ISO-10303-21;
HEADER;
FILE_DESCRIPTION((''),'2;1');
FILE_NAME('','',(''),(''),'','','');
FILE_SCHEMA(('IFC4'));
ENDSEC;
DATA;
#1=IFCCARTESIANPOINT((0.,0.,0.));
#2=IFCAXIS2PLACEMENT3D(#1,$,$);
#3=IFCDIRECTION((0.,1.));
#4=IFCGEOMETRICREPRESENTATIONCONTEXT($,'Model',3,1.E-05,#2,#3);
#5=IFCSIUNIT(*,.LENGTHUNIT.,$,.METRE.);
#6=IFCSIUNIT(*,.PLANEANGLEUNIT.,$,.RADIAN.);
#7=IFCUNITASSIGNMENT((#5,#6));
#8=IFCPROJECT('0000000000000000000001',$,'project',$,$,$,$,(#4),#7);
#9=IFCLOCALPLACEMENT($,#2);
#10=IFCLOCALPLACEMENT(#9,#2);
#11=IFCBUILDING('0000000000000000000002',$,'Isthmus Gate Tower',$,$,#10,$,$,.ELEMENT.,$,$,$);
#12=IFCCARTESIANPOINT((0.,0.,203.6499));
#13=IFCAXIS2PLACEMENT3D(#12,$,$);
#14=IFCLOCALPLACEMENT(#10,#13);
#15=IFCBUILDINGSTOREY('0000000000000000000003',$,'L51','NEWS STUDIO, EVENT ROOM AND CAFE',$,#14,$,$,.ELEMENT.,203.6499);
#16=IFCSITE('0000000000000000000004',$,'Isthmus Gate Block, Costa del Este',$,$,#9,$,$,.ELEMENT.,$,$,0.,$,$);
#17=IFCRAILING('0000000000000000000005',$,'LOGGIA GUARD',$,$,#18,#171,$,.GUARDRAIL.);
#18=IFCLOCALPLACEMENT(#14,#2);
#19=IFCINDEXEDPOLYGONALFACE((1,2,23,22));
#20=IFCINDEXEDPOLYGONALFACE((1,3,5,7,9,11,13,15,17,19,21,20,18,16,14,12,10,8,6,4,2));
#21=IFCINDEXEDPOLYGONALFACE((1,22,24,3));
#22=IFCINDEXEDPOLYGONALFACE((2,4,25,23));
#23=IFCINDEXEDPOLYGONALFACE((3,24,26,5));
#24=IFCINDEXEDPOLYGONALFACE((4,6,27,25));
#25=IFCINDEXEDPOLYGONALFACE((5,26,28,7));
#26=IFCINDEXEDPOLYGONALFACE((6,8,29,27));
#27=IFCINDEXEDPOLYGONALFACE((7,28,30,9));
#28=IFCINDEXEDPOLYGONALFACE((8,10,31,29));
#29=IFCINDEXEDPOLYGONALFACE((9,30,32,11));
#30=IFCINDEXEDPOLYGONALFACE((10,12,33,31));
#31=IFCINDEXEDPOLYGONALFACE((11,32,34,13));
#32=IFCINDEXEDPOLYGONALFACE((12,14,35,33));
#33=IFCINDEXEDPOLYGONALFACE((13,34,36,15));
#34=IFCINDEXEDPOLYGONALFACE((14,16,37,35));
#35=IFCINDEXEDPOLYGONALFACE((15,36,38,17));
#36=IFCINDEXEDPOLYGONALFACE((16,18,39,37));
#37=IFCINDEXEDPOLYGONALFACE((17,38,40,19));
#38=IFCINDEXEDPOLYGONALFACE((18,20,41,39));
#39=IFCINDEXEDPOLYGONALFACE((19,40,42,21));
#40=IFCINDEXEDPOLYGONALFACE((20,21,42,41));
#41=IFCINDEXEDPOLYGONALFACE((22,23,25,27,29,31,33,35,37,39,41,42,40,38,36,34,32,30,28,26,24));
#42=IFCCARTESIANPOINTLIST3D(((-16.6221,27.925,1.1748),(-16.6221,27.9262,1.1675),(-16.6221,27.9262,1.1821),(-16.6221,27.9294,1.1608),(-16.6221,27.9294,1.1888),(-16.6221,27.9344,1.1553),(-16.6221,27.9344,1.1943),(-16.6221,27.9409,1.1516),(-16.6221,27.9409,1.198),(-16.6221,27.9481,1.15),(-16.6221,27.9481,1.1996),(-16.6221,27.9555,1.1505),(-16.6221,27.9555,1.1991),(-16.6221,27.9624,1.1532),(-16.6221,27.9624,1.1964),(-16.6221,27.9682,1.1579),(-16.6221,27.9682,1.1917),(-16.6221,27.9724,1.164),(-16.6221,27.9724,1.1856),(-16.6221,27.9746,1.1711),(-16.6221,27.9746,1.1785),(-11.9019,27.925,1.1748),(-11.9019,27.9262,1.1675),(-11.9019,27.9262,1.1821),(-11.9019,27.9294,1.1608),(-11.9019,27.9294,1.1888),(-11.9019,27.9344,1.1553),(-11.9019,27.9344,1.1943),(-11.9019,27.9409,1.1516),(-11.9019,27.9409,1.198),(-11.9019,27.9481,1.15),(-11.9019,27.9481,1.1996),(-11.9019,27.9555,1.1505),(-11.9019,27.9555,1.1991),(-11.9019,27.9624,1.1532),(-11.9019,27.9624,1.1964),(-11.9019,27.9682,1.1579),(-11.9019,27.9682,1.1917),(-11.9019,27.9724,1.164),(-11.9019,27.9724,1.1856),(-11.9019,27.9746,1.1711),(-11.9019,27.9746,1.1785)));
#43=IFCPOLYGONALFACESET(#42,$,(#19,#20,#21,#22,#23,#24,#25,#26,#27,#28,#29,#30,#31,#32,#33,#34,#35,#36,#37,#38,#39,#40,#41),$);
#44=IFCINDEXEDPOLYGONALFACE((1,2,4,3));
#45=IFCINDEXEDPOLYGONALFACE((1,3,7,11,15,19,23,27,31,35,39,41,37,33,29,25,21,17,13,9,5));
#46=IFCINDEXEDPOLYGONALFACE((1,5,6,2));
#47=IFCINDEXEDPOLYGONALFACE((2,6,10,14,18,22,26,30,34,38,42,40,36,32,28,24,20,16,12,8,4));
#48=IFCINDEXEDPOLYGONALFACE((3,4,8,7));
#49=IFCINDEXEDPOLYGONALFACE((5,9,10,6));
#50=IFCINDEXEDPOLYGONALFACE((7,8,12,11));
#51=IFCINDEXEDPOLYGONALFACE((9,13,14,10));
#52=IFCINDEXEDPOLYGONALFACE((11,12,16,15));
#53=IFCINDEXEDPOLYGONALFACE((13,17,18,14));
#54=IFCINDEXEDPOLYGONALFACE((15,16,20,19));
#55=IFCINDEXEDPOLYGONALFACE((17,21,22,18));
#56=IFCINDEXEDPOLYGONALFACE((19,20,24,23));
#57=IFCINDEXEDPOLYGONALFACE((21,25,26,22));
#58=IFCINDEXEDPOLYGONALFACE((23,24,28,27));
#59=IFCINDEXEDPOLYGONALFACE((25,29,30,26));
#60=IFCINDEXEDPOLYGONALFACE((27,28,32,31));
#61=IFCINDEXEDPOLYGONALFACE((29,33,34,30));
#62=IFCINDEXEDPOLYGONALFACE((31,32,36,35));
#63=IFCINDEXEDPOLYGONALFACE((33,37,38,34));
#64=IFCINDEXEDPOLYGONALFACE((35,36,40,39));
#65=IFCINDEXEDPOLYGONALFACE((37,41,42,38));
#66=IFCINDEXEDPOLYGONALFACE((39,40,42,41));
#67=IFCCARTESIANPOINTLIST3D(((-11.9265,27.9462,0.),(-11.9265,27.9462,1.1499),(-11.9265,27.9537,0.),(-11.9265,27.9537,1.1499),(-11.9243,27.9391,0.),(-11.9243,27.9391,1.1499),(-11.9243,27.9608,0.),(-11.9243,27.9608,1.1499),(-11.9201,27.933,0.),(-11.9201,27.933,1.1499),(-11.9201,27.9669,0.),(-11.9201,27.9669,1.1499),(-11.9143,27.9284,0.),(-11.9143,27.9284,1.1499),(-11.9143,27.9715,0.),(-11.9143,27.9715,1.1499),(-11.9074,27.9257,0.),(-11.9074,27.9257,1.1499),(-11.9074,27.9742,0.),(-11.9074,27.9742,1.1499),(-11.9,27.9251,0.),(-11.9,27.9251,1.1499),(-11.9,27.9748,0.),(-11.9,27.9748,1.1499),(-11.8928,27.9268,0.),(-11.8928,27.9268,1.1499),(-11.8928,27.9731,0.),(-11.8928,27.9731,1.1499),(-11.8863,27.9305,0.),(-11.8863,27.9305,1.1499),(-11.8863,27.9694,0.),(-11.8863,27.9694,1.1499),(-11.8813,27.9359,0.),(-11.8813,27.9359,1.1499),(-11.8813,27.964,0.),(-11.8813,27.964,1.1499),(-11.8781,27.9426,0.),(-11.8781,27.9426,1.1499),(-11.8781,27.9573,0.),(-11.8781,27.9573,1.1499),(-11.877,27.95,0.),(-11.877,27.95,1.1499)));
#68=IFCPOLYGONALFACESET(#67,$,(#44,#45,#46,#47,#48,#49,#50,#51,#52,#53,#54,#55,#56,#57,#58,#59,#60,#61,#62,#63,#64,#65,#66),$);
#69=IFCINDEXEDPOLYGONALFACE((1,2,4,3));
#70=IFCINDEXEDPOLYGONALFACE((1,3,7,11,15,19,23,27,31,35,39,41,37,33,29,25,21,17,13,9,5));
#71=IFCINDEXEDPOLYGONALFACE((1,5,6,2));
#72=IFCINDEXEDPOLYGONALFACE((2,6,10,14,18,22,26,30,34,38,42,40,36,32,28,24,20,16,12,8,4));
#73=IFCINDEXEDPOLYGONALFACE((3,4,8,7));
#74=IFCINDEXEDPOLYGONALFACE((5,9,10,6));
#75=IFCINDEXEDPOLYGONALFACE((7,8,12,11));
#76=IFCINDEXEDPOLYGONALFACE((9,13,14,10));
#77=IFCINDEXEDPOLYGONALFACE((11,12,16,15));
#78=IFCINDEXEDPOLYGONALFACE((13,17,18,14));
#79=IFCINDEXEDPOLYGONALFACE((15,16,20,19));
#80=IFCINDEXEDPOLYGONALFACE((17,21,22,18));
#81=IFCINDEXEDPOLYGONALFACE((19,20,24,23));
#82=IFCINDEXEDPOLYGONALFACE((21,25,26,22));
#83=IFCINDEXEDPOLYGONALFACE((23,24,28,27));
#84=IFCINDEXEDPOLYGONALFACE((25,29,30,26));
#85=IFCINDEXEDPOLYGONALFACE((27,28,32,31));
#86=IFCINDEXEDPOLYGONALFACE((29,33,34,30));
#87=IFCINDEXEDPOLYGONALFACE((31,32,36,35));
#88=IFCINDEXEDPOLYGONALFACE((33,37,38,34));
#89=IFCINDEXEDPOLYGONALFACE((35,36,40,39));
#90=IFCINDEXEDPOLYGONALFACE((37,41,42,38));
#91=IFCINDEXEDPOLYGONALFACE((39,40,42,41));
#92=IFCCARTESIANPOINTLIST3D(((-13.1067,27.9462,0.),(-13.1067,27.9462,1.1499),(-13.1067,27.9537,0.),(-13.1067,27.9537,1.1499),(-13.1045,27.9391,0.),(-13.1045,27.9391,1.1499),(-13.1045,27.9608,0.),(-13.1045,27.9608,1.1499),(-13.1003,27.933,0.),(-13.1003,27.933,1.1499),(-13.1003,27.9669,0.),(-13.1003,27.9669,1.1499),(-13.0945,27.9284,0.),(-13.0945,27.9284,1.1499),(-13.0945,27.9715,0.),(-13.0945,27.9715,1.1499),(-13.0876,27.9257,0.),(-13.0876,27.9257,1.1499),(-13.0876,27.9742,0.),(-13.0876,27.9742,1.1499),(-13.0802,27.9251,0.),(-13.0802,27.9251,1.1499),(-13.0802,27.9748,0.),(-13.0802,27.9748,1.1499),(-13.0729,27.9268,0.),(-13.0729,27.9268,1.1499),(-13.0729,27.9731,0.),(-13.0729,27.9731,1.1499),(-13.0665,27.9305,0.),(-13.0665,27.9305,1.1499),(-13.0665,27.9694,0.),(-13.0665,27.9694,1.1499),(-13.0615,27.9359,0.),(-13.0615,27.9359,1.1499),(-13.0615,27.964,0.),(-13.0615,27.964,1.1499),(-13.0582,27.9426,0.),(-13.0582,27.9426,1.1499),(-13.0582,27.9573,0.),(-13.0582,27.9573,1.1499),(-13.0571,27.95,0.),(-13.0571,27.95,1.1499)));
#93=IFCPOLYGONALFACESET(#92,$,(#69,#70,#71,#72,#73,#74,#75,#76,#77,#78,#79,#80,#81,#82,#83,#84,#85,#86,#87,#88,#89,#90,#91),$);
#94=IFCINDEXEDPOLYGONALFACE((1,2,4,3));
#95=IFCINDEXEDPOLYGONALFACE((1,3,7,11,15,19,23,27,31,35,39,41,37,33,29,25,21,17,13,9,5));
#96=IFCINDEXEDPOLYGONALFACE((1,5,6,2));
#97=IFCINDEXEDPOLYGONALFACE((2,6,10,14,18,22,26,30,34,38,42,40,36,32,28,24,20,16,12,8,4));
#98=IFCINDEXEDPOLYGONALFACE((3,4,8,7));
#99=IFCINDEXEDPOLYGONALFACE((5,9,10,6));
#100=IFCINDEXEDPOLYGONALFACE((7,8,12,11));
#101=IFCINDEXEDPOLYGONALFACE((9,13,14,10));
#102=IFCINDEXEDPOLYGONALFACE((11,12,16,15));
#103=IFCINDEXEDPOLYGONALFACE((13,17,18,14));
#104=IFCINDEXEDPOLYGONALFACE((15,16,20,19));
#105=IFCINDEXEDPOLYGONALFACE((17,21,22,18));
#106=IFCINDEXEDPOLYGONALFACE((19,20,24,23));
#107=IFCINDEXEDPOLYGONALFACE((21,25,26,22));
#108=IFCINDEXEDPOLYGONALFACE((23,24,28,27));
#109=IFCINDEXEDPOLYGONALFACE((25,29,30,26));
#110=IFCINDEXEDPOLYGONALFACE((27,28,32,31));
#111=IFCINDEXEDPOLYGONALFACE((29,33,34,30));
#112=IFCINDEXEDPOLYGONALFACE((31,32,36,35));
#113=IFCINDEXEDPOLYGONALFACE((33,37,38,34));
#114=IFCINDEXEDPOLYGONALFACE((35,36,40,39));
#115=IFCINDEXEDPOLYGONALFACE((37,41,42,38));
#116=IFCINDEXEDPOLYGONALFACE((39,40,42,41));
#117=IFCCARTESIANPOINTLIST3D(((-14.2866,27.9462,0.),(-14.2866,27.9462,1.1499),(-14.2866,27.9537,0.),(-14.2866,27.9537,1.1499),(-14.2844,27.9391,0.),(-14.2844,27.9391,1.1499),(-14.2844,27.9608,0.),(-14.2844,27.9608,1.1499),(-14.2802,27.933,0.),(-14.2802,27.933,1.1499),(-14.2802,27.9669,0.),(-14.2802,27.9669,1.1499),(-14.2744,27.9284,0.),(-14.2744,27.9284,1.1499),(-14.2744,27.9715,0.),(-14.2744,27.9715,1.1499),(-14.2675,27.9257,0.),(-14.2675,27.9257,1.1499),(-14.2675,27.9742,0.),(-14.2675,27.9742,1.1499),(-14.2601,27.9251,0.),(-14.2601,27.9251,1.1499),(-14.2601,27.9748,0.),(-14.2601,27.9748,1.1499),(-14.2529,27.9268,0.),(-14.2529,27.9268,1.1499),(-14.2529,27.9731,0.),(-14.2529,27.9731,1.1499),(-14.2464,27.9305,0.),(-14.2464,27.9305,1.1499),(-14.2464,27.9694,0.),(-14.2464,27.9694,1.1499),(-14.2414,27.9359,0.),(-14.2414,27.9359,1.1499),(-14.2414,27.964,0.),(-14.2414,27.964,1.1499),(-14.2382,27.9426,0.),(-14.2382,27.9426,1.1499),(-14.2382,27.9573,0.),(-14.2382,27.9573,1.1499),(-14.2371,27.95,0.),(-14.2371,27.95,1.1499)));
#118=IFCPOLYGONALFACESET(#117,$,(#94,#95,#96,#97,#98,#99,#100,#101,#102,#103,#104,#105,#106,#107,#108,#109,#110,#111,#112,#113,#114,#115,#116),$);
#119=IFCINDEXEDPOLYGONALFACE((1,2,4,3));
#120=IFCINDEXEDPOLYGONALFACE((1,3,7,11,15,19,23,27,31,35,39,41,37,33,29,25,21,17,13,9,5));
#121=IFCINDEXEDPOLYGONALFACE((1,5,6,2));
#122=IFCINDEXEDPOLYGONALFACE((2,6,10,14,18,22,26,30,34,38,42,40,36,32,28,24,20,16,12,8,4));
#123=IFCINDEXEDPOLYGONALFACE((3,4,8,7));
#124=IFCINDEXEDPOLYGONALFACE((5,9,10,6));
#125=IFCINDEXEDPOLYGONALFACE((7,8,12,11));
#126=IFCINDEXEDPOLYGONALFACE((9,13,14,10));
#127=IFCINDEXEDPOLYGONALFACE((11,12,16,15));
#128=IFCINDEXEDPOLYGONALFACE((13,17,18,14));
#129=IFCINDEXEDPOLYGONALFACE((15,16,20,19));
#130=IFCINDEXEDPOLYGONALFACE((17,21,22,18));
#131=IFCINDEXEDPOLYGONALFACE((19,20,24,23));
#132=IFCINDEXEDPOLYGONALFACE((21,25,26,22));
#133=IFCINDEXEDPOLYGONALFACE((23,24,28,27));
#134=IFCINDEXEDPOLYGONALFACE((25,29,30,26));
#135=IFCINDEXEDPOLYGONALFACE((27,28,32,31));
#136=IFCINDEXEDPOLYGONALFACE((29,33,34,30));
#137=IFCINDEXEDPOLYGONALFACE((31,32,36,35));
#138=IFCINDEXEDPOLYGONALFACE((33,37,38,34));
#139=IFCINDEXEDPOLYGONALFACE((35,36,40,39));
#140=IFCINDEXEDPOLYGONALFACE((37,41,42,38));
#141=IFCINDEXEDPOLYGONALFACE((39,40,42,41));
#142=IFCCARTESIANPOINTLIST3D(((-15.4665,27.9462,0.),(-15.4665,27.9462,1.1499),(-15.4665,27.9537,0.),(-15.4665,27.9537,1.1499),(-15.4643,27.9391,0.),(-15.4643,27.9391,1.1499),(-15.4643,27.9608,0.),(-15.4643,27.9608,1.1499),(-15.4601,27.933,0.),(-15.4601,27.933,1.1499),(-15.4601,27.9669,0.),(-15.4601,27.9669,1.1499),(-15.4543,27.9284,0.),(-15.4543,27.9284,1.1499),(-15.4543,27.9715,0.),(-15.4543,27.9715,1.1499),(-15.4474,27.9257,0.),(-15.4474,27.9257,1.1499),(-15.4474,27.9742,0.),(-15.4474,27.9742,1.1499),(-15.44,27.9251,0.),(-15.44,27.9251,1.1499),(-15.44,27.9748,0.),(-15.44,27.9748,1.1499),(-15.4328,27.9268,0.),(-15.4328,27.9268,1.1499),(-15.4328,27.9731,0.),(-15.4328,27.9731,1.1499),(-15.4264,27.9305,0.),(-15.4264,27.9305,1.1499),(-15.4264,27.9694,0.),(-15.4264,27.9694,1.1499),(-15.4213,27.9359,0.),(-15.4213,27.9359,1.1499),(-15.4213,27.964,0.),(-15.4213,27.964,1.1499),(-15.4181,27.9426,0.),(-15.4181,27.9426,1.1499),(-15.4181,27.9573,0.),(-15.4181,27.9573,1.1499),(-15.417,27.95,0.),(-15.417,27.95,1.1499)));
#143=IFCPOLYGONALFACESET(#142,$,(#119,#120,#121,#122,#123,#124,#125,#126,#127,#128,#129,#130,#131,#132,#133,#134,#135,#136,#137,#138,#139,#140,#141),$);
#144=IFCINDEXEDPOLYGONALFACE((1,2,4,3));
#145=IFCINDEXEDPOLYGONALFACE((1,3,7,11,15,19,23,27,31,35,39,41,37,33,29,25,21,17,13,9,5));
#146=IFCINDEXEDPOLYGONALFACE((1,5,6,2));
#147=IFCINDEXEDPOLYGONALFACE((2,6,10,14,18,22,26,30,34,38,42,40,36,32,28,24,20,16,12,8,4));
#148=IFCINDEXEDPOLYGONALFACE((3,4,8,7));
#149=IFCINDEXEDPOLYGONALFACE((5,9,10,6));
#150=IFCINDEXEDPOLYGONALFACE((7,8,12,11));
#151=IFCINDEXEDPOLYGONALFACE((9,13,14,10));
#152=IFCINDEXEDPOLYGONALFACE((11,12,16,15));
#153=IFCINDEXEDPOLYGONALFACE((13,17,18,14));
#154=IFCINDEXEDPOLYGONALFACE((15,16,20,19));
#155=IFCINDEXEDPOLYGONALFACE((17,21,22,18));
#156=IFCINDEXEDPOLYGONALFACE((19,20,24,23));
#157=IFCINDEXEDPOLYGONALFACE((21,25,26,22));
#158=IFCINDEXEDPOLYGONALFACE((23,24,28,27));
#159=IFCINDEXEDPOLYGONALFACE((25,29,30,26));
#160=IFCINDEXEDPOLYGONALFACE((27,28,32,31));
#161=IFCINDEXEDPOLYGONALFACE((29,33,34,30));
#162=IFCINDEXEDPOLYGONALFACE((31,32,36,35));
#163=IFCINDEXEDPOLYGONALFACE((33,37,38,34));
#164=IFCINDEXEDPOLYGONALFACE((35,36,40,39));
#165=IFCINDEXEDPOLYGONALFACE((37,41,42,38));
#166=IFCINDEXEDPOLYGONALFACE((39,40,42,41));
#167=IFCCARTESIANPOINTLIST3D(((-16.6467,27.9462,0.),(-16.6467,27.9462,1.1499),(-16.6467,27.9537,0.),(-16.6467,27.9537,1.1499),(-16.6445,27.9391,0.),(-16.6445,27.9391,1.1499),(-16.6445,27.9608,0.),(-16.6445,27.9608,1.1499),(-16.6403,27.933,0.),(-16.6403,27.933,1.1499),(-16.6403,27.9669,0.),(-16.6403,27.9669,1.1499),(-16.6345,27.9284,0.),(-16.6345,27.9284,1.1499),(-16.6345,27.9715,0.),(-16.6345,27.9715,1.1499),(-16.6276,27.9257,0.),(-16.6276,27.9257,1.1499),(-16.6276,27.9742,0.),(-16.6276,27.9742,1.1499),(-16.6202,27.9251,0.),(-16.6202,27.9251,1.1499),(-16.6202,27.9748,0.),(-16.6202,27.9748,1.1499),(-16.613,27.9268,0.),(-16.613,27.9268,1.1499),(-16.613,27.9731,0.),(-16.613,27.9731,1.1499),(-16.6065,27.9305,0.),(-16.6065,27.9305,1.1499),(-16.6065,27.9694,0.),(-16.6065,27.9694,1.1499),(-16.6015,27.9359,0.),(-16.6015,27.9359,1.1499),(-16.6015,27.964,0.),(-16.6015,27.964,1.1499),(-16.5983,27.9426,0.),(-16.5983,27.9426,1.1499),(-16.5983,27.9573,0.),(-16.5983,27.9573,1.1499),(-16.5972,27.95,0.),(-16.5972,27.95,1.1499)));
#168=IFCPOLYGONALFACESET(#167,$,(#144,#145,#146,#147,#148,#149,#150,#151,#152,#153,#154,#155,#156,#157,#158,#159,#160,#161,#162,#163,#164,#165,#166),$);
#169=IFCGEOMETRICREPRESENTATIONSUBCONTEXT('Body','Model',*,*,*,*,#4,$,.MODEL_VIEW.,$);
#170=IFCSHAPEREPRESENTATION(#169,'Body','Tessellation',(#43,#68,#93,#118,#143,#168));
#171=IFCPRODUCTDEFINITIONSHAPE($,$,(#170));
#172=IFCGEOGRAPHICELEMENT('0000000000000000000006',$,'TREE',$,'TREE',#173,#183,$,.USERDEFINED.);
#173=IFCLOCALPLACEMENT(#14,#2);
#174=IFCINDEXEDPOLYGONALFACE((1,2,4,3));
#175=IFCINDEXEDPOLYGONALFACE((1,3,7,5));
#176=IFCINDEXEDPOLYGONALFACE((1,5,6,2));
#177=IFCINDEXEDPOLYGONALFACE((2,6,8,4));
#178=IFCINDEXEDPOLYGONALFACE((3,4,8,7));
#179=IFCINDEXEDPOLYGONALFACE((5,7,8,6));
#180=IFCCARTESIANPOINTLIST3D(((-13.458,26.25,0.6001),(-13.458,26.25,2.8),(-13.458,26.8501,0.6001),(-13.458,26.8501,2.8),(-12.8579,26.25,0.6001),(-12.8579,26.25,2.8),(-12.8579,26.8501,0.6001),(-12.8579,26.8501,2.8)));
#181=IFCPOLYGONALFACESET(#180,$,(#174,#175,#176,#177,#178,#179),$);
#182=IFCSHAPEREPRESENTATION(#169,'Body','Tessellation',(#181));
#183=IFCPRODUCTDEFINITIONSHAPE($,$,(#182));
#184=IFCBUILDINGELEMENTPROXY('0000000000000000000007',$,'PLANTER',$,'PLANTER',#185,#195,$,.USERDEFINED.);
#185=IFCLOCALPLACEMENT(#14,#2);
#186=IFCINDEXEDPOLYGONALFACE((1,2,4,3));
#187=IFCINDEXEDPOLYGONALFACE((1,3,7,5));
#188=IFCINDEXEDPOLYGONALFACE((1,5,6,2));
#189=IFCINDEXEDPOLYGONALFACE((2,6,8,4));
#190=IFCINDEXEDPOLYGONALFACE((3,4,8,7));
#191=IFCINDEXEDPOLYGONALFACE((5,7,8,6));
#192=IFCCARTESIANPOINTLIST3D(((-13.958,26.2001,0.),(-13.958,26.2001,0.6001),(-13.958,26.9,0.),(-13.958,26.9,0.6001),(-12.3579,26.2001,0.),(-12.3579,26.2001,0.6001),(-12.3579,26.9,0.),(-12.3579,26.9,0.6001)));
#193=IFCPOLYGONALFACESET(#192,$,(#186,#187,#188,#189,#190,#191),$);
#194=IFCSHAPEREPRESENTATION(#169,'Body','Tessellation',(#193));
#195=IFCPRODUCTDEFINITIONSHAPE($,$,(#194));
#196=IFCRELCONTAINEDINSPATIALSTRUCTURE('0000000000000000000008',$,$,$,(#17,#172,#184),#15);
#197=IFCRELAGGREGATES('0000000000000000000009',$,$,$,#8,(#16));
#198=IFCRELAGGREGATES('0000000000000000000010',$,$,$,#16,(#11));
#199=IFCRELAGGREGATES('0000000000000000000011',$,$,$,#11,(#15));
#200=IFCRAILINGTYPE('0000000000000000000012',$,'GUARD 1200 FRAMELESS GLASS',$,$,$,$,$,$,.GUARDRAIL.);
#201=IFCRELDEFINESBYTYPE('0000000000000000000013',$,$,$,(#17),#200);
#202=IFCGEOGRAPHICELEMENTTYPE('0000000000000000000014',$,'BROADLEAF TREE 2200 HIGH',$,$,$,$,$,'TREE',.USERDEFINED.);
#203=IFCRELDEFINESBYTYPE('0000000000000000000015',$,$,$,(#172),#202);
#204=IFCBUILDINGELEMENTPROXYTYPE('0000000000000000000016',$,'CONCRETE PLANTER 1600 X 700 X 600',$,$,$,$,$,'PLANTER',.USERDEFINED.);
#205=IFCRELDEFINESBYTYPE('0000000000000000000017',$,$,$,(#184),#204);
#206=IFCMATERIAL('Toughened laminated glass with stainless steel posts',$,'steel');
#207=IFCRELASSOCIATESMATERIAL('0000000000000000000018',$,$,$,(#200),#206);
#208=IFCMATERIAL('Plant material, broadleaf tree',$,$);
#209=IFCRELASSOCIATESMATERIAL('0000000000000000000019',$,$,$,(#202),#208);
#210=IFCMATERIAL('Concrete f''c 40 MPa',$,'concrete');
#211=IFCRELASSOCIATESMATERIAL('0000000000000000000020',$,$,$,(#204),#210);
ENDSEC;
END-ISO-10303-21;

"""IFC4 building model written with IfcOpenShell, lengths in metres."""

from ifc_helpers import new_model, si_unit, direction, frame, origin, origin_2d, place, context, subcontext, project, spatial, rectangle, circle, extrude, material, type_object, element, save


model = new_model("IFC4")

# Units and contexts
model_context = context("Model", 3, precision=1e-05, world=origin(), true_north=direction((0.0, 1.0)))
body_context = subcontext(model_context, "Body", "Model", "MODEL_VIEW")
ifc_project = project(units=[si_unit("LENGTHUNIT", "METRE"), si_unit("PLANEANGLEUNIT", "RADIAN")], contexts=[model_context])

# Site, building, storey
site_placement = place(None, origin())
site = spatial("IfcSite", under=ifc_project, at=site_placement, Name="Isthmus Gate Block, Costa del Este", CompositionType="ELEMENT", RefElevation=0.0)
building_placement = place(site_placement, origin())
building = spatial("IfcBuilding", under=site, at=building_placement, Name="Isthmus Gate Tower", CompositionType="ELEMENT")
storey_placement = place(building_placement, frame((0.0, 0.0, 203.6499)))
storey = spatial("IfcBuildingStorey", under=building, at=storey_placement, Name="L51", Description="NEWS STUDIO, EVENT ROOM AND CAFE", CompositionType="ELEMENT", Elevation=203.6499)

# Railing
ifc_material_1 = material(Name="Toughened laminated glass with stainless steel posts", Category="steel")
railing_type = type_object("IfcRailingType", Name="GUARD 1200 FRAMELESS GLASS", PredefinedType="GUARDRAIL", material=ifc_material_1)
railing_placement = place(storey_placement, frame((-11.9019, 27.95, 0.0)))
element("IfcRailing", 1, at=railing_placement, inside=storey, type_object=railing_type, Name="LOGGIA GUARD", PredefinedType="GUARDRAIL", context=body_context, shape_type="SweptSolid", body=[
    extrude(circle(Radius=0.0249, at=origin_2d()), frame((0.0, 0.0, 1.1748), z_axis=(-1.0, 0.0, 0.0), x_axis=(0.0, -1.0, 0.0)), (0.0, 0.0, 1.0), 4.7202),
    extrude(circle(Radius=0.0249, at=origin_2d()), origin(), (0.0, 0.0, 1.0), 1.1499),
    extrude(circle(Radius=0.0249, at=origin_2d()), frame((-1.1802, 0.0, 0.0)), (0.0, 0.0, 1.0), 1.1499),
    extrude(circle(Radius=0.0249, at=origin_2d()), frame((-2.3601, 0.0, 0.0)), (0.0, 0.0, 1.0), 1.1499),
    extrude(circle(Radius=0.0249, at=origin_2d()), frame((-3.54, 0.0, 0.0)), (0.0, 0.0, 1.0), 1.1499),
    extrude(circle(Radius=0.0249, at=origin_2d()), frame((-4.7202, 0.0, 0.0)), (0.0, 0.0, 1.0), 1.1499),
])

# Geographic element
ifc_material_2 = material(Name="Plant material, broadleaf tree")
geographic_element_type = type_object("IfcGeographicElementType", Name="BROADLEAF TREE 2200 HIGH", ElementType="TREE", PredefinedType="USERDEFINED", material=ifc_material_2)
geographic_element_placement = place(storey_placement, frame((-13.158, 26.55, 0.6001), z_axis=(0.0, 0.0, 1.0), x_axis=(-1.0, 0.0, 0.0)))
element("IfcGeographicElement", 2, at=geographic_element_placement, inside=storey, type_object=geographic_element_type, Name="TREE", ObjectType="TREE", PredefinedType="USERDEFINED", context=body_context, shape_type="SweptSolid", body=[
    extrude(rectangle(XDim=0.6001, YDim=0.6001, at=origin_2d()), origin(), (0.0, 0.0, 1.0), 2.2),
])

# Building element proxy
ifc_material_3 = material(Name="Concrete f'c 40 MPa", Category="concrete")
building_element_proxy_type = type_object("IfcBuildingElementProxyType", Name="CONCRETE PLANTER 1600 X 700 X 600", ElementType="PLANTER", PredefinedType="USERDEFINED", material=ifc_material_3)
proxy_placement = place(storey_placement, frame((-13.158, 26.55, 0.0), z_axis=(0.0, 0.0, 1.0), x_axis=(-1.0, 0.0, 0.0)))
element("IfcBuildingElementProxy", 3, at=proxy_placement, inside=storey, type_object=building_element_proxy_type, Name="PLANTER", ObjectType="PLANTER", PredefinedType="USERDEFINED", context=body_context, shape_type="SweptSolid", body=[
    extrude(rectangle(XDim=1.6001, YDim=0.7, at=origin_2d()), origin(), (0.0, 0.0, 1.0), 0.6001),
])

save(model, "model.ifc")
